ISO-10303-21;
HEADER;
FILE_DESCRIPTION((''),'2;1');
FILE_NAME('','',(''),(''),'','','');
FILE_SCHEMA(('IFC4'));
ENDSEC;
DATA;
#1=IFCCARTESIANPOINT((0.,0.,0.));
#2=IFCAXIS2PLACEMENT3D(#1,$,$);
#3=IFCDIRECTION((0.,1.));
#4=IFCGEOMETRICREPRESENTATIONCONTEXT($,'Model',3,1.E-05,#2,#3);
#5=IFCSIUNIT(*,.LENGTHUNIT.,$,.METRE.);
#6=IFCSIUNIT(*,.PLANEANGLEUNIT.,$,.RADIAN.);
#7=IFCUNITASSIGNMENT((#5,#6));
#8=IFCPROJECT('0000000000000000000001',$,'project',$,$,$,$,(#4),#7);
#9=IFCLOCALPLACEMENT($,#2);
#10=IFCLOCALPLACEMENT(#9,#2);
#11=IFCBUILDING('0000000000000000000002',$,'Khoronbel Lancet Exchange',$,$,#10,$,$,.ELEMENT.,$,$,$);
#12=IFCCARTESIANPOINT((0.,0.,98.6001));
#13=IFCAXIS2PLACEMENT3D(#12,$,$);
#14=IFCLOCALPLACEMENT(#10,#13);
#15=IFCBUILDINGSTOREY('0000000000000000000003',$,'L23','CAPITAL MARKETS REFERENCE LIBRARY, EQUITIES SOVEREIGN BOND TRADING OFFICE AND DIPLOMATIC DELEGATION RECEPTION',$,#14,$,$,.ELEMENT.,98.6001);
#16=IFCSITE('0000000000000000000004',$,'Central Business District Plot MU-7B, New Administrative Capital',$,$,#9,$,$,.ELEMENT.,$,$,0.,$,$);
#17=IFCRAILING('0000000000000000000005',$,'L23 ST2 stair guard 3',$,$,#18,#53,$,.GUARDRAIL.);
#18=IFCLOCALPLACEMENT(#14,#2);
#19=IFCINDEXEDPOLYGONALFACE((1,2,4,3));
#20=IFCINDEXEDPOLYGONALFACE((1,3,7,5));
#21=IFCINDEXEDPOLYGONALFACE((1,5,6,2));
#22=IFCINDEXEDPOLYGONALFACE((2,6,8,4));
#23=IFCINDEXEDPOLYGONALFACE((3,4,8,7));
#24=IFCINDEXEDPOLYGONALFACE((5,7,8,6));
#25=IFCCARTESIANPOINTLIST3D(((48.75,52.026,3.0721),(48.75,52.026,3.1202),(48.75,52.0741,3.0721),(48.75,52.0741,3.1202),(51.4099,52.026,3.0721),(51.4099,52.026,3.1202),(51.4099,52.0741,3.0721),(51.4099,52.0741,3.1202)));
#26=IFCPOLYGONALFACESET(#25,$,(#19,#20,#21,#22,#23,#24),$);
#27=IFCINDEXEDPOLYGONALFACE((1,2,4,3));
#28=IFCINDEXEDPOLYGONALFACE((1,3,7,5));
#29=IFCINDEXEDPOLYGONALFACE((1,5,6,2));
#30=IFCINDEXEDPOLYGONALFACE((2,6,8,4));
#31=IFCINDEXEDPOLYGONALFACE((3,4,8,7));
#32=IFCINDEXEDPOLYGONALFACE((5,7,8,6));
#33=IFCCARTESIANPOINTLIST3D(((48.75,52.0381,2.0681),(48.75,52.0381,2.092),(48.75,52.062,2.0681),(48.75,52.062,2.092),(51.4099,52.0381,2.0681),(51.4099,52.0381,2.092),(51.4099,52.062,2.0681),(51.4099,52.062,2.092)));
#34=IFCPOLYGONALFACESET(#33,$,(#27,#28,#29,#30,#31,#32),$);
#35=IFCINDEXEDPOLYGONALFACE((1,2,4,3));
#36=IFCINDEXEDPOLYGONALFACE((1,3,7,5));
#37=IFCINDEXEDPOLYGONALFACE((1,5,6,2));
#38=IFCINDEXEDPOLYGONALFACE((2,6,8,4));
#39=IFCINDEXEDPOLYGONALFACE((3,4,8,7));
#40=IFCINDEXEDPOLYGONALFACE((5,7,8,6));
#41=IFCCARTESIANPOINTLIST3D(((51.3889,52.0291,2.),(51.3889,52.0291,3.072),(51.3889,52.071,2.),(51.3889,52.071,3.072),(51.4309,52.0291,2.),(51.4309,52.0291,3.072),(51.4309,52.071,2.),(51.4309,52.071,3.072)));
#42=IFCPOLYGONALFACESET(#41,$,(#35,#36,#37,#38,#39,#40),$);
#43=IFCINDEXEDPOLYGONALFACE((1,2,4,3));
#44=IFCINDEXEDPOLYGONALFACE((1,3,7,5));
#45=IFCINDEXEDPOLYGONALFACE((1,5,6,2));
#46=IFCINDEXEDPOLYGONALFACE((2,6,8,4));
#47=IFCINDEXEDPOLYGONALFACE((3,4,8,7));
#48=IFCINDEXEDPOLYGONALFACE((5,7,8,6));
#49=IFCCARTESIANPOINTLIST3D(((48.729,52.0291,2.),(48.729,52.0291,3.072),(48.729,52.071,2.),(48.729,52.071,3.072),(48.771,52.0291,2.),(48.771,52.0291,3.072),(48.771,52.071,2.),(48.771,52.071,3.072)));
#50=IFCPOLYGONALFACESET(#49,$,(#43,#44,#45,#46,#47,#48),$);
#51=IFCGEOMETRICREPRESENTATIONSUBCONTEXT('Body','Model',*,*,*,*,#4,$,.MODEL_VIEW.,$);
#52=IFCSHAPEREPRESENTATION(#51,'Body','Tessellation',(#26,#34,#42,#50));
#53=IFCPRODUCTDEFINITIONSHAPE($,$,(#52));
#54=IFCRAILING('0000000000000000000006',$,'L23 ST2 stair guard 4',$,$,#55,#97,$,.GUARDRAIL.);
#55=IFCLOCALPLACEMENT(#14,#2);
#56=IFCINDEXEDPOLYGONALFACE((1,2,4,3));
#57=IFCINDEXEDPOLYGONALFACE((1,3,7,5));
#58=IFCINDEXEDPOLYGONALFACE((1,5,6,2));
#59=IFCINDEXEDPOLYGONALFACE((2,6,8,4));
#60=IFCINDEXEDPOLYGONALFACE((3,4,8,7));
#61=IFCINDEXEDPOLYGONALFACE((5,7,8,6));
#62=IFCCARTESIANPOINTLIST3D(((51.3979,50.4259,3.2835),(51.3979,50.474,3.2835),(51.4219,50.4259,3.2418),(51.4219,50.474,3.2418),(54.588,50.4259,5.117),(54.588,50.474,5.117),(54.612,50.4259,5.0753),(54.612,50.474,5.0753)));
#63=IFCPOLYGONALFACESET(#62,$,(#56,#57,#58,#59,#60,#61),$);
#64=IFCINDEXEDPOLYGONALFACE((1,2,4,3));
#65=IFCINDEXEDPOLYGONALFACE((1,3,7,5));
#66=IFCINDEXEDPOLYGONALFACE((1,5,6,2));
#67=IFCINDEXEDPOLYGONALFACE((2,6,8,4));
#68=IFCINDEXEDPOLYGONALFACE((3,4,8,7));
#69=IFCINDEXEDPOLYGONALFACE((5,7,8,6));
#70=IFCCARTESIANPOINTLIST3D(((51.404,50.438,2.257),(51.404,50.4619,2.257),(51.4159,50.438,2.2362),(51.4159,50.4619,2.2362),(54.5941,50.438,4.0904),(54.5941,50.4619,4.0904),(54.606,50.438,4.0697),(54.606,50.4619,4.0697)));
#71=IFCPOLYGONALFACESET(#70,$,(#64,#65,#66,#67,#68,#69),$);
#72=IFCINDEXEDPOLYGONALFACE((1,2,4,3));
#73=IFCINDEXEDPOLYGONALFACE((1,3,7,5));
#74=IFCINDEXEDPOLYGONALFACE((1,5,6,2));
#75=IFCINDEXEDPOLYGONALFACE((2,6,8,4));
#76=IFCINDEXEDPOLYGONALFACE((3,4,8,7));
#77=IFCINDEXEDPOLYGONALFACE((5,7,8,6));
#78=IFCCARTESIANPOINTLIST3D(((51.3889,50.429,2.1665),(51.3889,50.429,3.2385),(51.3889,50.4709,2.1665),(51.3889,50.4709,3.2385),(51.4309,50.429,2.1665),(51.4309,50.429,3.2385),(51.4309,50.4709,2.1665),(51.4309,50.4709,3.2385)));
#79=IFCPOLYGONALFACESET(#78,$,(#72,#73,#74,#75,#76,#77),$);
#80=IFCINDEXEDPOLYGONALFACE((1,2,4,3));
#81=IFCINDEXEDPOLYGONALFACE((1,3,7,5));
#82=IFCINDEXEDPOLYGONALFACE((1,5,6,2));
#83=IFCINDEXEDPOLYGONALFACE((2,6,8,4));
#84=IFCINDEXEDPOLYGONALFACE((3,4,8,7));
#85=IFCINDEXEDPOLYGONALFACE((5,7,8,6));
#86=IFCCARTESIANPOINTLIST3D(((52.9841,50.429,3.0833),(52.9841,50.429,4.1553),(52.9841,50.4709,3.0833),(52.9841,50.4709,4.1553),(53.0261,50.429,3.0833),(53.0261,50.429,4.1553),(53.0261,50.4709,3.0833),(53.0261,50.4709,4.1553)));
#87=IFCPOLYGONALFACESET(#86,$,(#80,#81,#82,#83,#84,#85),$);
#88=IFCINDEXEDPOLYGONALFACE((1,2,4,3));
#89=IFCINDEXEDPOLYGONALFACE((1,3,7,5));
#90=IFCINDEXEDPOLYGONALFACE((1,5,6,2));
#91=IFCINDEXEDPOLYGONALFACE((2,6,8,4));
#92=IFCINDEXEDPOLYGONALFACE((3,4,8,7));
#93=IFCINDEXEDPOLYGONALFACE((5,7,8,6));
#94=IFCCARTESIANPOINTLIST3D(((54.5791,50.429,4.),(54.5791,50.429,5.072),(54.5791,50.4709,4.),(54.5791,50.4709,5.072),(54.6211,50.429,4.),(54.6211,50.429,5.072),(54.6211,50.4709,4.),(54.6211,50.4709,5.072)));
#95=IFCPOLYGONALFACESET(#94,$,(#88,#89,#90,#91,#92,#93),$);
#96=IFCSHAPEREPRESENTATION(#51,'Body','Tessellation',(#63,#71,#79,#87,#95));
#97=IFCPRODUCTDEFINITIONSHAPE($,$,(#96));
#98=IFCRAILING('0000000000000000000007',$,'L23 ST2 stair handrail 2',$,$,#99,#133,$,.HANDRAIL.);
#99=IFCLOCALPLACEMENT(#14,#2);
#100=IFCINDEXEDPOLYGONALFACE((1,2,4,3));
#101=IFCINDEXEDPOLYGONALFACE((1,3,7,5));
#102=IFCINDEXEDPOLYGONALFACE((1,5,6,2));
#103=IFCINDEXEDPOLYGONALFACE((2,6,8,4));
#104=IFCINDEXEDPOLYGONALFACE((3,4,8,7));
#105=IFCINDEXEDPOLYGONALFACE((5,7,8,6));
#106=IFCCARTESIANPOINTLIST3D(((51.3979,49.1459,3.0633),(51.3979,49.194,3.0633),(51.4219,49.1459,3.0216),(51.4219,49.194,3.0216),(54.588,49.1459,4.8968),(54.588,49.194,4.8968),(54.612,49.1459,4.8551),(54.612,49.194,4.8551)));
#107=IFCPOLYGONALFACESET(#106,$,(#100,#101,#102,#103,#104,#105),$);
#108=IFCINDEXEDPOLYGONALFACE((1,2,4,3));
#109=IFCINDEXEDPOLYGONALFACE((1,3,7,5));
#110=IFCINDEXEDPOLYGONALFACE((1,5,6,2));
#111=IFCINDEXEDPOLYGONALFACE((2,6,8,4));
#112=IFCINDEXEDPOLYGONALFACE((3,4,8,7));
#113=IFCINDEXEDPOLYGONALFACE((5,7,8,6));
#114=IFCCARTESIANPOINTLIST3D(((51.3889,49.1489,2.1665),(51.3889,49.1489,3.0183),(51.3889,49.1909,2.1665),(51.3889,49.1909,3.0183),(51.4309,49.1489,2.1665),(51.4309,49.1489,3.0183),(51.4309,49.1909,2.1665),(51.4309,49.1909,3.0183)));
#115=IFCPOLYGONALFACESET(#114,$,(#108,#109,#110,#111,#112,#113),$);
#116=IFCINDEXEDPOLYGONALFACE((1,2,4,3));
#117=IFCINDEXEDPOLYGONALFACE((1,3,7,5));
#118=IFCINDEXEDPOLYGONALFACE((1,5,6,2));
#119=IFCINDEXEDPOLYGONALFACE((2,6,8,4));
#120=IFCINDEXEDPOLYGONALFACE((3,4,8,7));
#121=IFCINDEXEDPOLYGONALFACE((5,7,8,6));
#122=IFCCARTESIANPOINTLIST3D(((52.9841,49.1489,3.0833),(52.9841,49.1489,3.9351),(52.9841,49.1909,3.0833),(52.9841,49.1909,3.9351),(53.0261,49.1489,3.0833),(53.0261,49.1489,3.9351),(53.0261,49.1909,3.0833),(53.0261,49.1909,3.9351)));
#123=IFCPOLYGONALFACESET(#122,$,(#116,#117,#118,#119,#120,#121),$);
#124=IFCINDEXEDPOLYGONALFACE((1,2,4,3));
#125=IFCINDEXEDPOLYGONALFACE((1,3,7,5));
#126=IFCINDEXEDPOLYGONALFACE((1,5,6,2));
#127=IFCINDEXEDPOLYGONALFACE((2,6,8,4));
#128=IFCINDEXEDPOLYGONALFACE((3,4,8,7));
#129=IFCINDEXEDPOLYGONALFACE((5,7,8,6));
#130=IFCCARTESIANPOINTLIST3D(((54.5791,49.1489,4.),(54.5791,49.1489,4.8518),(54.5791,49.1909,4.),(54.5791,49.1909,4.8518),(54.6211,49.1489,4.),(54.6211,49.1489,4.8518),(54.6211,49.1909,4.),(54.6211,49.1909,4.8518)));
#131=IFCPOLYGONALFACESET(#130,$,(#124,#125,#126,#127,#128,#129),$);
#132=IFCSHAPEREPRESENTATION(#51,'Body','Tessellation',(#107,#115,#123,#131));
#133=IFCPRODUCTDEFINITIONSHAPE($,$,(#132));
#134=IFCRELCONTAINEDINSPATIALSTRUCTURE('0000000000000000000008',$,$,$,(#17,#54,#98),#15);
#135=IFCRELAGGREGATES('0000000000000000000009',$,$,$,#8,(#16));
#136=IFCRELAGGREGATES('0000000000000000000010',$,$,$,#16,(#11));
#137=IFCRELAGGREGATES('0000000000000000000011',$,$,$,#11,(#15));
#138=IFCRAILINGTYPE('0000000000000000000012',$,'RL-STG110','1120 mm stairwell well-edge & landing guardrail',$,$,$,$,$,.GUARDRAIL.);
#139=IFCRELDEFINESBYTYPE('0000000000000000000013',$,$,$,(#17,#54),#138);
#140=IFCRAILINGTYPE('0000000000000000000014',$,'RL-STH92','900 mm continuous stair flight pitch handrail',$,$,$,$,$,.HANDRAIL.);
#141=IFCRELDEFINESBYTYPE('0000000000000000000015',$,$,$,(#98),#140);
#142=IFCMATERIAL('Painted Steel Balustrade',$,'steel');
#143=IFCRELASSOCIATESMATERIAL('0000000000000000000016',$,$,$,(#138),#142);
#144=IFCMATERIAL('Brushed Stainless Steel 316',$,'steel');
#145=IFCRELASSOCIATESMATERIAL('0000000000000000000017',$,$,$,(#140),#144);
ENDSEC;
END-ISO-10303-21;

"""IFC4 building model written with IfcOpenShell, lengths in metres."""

from ifc_helpers import new_model, si_unit, direction, frame, origin, origin_2d, place, context, subcontext, project, spatial, rectangle, extrude, material, type_object, element, save


model = new_model("IFC4")

# Units and contexts
model_context = context("Model", 3, precision=1e-05, world=origin(), true_north=direction((0.0, 1.0)))
body_context = subcontext(model_context, "Body", "Model", "MODEL_VIEW")
ifc_project = project(units=[si_unit("LENGTHUNIT", "METRE"), si_unit("PLANEANGLEUNIT", "RADIAN")], contexts=[model_context])

# Site, building, storey
site_placement = place(None, origin())
site = spatial("IfcSite", under=ifc_project, at=site_placement, Name="Central Business District Plot MU-7B, New Administrative Capital", CompositionType="ELEMENT", RefElevation=0.0)
building_placement = place(site_placement, origin())
building = spatial("IfcBuilding", under=site, at=building_placement, Name="Khoronbel Lancet Exchange", CompositionType="ELEMENT")
storey_placement = place(building_placement, frame((0.0, 0.0, 98.6001)))
storey = spatial("IfcBuildingStorey", under=building, at=storey_placement, Name="L23", Description="CAPITAL MARKETS REFERENCE LIBRARY, EQUITIES SOVEREIGN BOND TRADING OFFICE AND DIPLOMATIC DELEGATION RECEPTION", CompositionType="ELEMENT", Elevation=98.6001)

# Railings
ifc_material_1 = material(Name="Painted Steel Balustrade", Category="steel")
railing_type_1 = type_object("IfcRailingType", Name="RL-STG110", Description="1120 mm stairwell well-edge & landing guardrail", PredefinedType="GUARDRAIL", material=ifc_material_1)
railing_1_placement = place(storey_placement, frame((51.4099, 52.05, 2.0)))
element("IfcRailing", 1, at=railing_1_placement, inside=storey, type_object=railing_type_1, Name="L23 ST2 stair guard 3", PredefinedType="GUARDRAIL", context=body_context, shape_type="SweptSolid", body=[
    extrude(rectangle(XDim=0.0481, YDim=0.0481, at=origin_2d()), frame((0.0, 0.0, 1.0962), z_axis=(-1.0, 0.0, 0.0), x_axis=(0.0, -1.0, 0.0)), (0.0, 0.0, 1.0), 2.6599),
    extrude(rectangle(XDim=0.0239, YDim=0.0239, at=origin_2d()), frame((0.0, 0.0, 0.0801), z_axis=(-1.0, 0.0, 0.0), x_axis=(0.0, -1.0, 0.0)), (0.0, 0.0, 1.0), 2.6599),
    extrude(rectangle(XDim=0.042, YDim=0.042, at=origin_2d()), origin(), (0.0, 0.0, 1.0), 1.072),
    extrude(rectangle(XDim=0.042, YDim=0.042, at=origin_2d()), frame((-2.6599, 0.0, 0.0)), (0.0, 0.0, 1.0), 1.072),
])
railing_2_placement = place(storey_placement, frame((51.4099, 50.45, 2.1665)))
element("IfcRailing", 2, at=railing_2_placement, inside=storey, type_object=railing_type_1, Name="L23 ST2 stair guard 4", PredefinedType="GUARDRAIL", context=body_context, shape_type="SweptSolid", body=[
    extrude(rectangle(XDim=0.0481, YDim=0.0481, at=origin_2d()), frame((0.0, 0.0, 1.0962), z_axis=(0.867007, 0.0, 0.498295), x_axis=(0.0, 1.0, 0.0)), (0.0, 0.0, 1.0), 3.6794),
    extrude(rectangle(XDim=0.0239, YDim=0.0239, at=origin_2d()), frame((0.0, 0.0, 0.0801), z_axis=(0.867007, 0.0, 0.498295), x_axis=(0.0, 1.0, 0.0)), (0.0, 0.0, 1.0), 3.6794),
    extrude(rectangle(XDim=0.042, YDim=0.042, at=origin_2d()), origin(), (0.0, 0.0, 1.0), 1.072),
    extrude(rectangle(XDim=0.042, YDim=0.042, at=origin_2d()), frame((1.5952, 0.0, 0.9167)), (0.0, 0.0, 1.0), 1.072),
    extrude(rectangle(XDim=0.042, YDim=0.042, at=origin_2d()), frame((3.1902, 0.0, 1.8335)), (0.0, 0.0, 1.0), 1.072),
])
ifc_material_2 = material(Name="Brushed Stainless Steel 316", Category="steel")
railing_type_2 = type_object("IfcRailingType", Name="RL-STH92", Description="900 mm continuous stair flight pitch handrail", PredefinedType="HANDRAIL", material=ifc_material_2)
railing_3_placement = place(storey_placement, frame((51.4099, 49.1699, 2.1665)))
element("IfcRailing", 3, at=railing_3_placement, inside=storey, type_object=railing_type_2, Name="L23 ST2 stair handrail 2", PredefinedType="HANDRAIL", context=body_context, shape_type="SweptSolid", body=[
    extrude(rectangle(XDim=0.0481, YDim=0.0481, at=origin_2d()), frame((0.0, 0.0, 0.876), z_axis=(0.867007, 0.0, 0.498295), x_axis=(0.0, 1.0, 0.0)), (0.0, 0.0, 1.0), 3.6794),
    extrude(rectangle(XDim=0.042, YDim=0.042, at=origin_2d()), origin(), (0.0, 0.0, 1.0), 0.8518),
    extrude(rectangle(XDim=0.042, YDim=0.042, at=origin_2d()), frame((1.5952, 0.0, 0.9167)), (0.0, 0.0, 1.0), 0.8518),
    extrude(rectangle(XDim=0.042, YDim=0.042, at=origin_2d()), frame((3.1902, 0.0, 1.8335)), (0.0, 0.0, 1.0), 0.8518),
])

save(model, "model.ifc")
